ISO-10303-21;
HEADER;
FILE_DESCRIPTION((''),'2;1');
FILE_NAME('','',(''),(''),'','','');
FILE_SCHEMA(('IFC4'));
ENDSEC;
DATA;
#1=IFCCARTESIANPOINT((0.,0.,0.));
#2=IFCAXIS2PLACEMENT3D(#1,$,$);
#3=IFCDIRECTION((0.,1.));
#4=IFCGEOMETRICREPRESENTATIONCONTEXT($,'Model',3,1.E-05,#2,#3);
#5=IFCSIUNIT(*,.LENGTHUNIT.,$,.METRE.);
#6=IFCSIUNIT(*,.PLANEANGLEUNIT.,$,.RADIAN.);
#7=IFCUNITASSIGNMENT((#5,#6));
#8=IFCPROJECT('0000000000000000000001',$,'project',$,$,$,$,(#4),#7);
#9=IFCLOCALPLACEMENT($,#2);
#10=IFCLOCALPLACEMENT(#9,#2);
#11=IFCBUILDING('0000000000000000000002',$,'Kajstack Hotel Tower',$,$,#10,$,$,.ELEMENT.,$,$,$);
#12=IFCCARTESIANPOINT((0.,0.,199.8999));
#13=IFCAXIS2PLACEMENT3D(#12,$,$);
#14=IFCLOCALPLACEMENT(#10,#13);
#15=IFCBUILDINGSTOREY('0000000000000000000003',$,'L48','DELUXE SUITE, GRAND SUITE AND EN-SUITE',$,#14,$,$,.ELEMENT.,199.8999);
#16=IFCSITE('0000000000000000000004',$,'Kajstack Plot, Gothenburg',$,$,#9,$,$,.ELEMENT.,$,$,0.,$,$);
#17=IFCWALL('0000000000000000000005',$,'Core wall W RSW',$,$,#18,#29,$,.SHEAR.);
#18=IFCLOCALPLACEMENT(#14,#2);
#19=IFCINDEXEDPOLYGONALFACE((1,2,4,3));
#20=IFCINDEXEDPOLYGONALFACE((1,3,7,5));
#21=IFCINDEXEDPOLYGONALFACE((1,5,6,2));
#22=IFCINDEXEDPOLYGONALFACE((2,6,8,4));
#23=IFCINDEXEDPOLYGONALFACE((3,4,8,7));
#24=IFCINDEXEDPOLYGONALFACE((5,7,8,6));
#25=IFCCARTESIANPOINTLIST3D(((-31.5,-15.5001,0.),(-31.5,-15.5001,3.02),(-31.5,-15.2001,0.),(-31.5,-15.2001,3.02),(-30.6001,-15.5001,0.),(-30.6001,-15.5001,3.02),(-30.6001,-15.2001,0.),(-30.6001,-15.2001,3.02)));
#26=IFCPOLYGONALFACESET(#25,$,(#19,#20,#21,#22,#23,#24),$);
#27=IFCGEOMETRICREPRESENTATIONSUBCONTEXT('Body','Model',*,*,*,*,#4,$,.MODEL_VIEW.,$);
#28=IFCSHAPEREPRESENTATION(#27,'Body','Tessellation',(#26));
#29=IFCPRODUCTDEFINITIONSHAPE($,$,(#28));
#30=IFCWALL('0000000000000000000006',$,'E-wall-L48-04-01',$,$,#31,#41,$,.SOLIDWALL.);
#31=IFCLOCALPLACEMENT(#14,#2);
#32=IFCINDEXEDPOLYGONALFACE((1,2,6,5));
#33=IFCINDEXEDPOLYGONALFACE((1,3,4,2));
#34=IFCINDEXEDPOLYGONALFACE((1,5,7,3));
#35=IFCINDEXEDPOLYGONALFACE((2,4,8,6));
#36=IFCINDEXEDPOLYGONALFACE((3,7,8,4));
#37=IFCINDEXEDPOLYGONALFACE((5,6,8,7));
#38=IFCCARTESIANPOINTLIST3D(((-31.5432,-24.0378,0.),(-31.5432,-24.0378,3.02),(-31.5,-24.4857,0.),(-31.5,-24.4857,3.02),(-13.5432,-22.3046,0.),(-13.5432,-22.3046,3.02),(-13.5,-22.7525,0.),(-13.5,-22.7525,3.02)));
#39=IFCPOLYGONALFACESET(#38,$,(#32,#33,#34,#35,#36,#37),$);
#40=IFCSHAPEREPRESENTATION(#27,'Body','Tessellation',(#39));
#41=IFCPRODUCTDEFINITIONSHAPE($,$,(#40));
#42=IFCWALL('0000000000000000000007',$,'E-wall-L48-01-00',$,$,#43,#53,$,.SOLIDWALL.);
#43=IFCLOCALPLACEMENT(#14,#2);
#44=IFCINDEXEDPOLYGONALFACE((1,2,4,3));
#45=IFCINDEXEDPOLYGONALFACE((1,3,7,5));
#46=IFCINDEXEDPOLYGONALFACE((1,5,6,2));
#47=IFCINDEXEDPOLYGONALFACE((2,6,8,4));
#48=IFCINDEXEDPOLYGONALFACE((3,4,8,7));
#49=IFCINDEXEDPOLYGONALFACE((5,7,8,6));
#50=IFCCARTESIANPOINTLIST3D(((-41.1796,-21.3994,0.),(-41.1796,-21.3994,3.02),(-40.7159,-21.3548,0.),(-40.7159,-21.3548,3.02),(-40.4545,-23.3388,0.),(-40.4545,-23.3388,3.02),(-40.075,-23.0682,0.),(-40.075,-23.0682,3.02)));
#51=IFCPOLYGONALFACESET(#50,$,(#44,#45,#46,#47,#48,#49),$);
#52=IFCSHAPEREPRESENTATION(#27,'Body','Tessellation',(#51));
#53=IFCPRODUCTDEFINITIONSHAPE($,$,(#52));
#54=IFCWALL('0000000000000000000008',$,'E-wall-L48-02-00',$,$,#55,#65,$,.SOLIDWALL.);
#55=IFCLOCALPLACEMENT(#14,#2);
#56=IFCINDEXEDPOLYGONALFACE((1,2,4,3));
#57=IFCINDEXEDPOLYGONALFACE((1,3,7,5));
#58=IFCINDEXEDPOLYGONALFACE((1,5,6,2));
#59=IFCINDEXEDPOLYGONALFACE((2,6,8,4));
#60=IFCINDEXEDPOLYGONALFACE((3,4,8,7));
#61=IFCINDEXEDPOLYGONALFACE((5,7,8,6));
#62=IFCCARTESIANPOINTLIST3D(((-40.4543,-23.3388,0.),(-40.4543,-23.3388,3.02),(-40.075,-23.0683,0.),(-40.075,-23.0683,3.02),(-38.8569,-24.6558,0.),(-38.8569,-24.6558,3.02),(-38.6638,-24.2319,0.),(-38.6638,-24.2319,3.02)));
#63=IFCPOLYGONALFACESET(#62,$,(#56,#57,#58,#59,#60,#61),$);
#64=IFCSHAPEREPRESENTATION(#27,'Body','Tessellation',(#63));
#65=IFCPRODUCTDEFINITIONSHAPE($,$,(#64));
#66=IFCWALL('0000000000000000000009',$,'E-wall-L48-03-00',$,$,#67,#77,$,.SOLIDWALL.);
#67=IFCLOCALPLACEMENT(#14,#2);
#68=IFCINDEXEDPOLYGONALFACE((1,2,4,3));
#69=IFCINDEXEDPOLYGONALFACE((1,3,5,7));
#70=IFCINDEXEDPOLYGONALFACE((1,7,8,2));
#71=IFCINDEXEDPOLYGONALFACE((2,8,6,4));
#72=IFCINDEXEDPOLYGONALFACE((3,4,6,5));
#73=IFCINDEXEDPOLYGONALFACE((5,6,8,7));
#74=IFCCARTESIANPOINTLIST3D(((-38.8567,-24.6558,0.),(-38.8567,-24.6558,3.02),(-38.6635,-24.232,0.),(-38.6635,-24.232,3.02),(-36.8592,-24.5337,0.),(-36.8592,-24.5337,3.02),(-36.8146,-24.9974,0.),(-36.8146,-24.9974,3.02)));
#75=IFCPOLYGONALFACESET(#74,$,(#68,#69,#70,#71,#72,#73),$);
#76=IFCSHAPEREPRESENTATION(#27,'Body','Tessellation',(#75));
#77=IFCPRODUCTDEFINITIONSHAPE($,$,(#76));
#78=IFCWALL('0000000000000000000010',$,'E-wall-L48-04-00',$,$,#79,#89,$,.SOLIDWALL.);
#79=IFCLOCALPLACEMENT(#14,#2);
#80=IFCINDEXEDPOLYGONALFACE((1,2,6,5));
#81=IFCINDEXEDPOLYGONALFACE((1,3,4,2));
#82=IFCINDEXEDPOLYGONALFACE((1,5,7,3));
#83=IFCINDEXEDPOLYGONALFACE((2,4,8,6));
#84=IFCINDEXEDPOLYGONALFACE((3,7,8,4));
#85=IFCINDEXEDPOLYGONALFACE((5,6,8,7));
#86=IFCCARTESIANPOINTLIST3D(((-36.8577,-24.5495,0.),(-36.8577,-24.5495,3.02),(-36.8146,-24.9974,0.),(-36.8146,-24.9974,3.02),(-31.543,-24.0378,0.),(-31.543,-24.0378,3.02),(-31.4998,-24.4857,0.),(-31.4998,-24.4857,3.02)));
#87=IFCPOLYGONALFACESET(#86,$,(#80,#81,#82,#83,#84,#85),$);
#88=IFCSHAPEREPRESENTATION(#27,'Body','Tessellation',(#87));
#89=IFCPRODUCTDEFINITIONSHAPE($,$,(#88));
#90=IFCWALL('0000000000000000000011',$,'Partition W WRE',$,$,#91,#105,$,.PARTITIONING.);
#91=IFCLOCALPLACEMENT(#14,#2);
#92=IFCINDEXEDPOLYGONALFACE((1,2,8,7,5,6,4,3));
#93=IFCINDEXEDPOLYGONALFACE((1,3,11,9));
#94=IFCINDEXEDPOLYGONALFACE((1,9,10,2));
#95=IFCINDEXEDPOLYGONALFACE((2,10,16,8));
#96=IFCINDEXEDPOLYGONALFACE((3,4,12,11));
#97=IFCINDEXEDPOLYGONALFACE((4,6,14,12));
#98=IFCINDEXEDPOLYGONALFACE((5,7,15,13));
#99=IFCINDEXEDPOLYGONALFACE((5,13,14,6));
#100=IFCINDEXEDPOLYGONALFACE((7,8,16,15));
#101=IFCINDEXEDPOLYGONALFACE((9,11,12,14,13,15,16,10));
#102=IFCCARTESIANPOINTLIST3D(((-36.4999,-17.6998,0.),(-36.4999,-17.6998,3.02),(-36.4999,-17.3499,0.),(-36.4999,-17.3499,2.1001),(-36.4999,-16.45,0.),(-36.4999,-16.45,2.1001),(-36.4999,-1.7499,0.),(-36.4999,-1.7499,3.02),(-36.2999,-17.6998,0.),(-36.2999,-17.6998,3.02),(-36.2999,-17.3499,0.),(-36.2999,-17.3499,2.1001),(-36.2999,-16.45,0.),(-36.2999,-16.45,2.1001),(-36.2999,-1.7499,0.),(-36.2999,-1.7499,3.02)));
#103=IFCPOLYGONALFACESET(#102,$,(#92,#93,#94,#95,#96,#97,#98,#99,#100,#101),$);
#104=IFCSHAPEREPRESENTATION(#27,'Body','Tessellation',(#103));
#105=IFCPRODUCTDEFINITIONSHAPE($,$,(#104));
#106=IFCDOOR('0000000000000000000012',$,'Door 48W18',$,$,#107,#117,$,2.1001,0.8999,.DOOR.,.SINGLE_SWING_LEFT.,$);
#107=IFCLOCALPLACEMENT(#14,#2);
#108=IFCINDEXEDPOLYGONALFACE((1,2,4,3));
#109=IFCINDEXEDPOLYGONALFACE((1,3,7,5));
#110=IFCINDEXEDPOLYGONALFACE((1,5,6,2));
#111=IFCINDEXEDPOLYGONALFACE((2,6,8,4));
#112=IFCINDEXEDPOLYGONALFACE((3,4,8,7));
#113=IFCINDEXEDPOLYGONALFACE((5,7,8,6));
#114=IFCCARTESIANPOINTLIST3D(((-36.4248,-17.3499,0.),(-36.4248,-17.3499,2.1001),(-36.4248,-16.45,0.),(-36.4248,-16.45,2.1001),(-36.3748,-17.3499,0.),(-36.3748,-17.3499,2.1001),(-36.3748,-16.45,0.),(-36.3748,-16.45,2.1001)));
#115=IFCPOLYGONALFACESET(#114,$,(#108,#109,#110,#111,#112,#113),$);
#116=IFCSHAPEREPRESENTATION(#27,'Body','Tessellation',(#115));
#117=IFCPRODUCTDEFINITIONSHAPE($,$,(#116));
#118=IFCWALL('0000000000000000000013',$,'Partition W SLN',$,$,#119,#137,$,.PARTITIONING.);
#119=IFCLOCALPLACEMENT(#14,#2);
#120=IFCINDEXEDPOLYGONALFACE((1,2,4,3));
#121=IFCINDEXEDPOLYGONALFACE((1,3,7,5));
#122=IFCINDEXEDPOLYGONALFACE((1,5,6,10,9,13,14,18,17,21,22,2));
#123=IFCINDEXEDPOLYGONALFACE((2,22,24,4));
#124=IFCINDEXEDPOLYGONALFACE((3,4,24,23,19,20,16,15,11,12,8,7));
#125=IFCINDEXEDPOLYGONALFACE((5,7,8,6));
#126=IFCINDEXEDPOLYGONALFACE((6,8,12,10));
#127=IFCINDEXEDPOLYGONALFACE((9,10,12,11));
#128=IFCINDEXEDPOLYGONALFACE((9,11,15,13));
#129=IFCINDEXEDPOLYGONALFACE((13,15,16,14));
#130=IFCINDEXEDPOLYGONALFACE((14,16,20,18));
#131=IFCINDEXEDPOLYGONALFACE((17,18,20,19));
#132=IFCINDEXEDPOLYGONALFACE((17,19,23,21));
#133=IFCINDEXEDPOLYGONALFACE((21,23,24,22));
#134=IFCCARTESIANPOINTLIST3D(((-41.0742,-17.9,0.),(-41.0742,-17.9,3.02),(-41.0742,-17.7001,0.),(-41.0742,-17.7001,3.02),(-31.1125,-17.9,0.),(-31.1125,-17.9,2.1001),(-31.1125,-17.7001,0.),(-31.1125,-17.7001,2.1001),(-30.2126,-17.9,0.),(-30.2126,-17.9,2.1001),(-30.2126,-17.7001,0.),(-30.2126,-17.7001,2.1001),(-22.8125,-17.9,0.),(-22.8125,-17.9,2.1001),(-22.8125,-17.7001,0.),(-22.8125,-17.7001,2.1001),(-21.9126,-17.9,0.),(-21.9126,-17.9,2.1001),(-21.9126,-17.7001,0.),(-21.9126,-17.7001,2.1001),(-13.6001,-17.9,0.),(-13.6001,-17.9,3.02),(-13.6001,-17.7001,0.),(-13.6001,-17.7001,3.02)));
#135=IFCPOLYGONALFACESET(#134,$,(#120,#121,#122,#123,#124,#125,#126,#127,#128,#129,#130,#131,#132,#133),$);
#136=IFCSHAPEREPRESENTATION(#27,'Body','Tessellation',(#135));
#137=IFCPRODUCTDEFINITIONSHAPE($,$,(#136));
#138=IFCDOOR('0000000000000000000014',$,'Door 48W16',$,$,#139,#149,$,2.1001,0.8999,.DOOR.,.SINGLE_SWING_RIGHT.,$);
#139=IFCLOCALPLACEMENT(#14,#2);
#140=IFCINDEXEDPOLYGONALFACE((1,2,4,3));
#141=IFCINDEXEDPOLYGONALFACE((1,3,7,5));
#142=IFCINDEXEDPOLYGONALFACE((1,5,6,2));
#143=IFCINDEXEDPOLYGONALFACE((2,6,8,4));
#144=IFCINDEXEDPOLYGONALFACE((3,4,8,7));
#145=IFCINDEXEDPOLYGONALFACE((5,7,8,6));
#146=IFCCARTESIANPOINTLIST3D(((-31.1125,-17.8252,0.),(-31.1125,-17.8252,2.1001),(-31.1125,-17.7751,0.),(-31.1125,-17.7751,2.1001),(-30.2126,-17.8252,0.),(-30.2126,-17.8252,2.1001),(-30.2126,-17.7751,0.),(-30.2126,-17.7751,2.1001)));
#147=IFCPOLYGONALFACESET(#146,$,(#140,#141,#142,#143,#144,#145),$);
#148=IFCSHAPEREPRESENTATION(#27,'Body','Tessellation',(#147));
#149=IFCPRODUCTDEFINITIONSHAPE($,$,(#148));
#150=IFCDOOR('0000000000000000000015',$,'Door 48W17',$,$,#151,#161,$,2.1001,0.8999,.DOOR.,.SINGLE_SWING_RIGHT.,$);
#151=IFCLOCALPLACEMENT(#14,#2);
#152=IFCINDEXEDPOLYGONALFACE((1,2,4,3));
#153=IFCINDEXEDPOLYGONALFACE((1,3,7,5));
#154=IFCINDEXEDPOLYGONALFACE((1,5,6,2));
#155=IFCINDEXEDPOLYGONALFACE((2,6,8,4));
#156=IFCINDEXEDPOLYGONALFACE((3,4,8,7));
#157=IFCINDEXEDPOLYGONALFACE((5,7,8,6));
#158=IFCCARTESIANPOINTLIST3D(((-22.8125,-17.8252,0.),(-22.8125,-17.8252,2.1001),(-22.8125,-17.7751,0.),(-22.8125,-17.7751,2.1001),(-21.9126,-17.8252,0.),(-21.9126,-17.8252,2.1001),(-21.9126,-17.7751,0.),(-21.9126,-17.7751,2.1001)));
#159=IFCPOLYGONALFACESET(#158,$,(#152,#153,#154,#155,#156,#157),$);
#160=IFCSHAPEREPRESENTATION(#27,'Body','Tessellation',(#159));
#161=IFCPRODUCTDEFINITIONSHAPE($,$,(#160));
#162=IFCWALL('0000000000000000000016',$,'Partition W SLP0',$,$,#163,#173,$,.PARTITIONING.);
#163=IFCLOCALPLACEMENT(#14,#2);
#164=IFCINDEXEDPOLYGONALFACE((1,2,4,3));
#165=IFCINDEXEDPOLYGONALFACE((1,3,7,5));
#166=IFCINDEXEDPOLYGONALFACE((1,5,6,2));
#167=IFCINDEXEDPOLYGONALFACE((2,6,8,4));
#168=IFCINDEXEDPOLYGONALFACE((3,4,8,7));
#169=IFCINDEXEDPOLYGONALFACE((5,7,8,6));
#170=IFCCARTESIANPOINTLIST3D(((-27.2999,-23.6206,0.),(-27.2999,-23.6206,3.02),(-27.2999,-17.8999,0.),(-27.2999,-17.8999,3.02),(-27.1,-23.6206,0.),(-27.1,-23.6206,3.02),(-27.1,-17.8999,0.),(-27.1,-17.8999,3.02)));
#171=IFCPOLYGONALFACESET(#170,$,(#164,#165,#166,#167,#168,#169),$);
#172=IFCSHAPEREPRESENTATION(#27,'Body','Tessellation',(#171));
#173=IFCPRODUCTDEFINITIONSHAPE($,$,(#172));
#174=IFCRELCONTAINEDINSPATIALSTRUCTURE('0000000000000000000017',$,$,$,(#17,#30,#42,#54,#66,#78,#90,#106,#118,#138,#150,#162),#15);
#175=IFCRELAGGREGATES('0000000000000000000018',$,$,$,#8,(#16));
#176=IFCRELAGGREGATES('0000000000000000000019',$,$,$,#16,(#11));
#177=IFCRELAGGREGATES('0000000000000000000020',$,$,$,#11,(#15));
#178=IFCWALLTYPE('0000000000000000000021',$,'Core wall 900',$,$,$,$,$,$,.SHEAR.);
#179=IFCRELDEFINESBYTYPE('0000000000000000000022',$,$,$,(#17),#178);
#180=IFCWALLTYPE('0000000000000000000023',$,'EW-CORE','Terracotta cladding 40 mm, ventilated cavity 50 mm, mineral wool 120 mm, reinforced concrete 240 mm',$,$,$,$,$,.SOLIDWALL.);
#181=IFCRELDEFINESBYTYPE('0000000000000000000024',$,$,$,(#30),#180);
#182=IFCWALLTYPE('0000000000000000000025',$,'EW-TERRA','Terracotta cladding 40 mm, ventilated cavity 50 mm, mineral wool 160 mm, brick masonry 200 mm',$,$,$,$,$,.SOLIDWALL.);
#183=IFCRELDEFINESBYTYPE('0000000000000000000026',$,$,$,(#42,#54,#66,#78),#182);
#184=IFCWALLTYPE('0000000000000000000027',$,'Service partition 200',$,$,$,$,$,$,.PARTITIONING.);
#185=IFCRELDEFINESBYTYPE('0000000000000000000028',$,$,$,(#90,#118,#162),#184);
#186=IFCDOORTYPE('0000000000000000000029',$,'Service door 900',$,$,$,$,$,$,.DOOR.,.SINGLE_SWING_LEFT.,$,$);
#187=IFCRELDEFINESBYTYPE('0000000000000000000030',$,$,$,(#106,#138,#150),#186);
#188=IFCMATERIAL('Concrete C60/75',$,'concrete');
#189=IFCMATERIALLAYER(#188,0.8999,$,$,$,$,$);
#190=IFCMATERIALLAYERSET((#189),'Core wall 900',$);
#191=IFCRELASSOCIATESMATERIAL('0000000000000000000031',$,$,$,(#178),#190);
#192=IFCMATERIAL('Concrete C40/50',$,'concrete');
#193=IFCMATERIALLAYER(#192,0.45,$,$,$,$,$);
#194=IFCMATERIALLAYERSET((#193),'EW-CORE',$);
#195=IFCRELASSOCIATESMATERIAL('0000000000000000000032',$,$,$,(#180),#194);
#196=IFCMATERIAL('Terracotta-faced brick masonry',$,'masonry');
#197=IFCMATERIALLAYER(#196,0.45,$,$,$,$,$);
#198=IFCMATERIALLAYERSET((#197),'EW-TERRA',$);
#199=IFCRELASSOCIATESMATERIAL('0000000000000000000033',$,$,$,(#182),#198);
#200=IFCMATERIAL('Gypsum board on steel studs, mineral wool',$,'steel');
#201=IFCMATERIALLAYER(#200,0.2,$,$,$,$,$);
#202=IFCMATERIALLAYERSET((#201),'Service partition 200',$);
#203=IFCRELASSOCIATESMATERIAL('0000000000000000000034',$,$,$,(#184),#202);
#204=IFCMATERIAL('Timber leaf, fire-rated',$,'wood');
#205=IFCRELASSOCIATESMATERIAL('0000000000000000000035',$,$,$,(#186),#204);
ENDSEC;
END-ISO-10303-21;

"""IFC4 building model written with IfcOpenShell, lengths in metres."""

from ifc_helpers import new_model, si_unit, direction, frame, frame_2d, origin, place, context, subcontext, project, spatial, polyline, rectangle, outline, extrude, material, layer, layer_set, type_object, element, fill, save


model = new_model("IFC4")

# Units and contexts
model_context = context("Model", 3, precision=1e-05, world=origin(), true_north=direction((0.0, 1.0)))
body_context = subcontext(model_context, "Body", "Model", "MODEL_VIEW")
ifc_project = project(units=[si_unit("LENGTHUNIT", "METRE"), si_unit("PLANEANGLEUNIT", "RADIAN")], contexts=[model_context])

# Site, building, storey
site_placement = place(None, origin())
site = spatial("IfcSite", under=ifc_project, at=site_placement, Name="Kajstack Plot, Gothenburg", CompositionType="ELEMENT", RefElevation=0.0)
building_placement = place(site_placement, origin())
building = spatial("IfcBuilding", under=site, at=building_placement, Name="Kajstack Hotel Tower", CompositionType="ELEMENT")
storey_placement = place(building_placement, frame((0.0, 0.0, 199.8999)))
storey = spatial("IfcBuildingStorey", under=building, at=storey_placement, Name="L48", Description="DELUXE SUITE, GRAND SUITE AND EN-SUITE", CompositionType="ELEMENT", Elevation=199.8999)

# Walls
ifc_material_1 = material(Name="Concrete C60/75", Category="concrete")
ifc_layer_1 = layer(ifc_material_1, 0.8999)
ifc_layer_set_1 = layer_set([ifc_layer_1], Name="Core wall 900")
wall_type_1 = type_object("IfcWallType", Name="Core wall 900", PredefinedType="SHEAR", material=ifc_layer_set_1)
wall_1_placement = place(storey_placement, frame((-31.5, -15.3501, 0.0), z_axis=(0.0, 0.0, 1.0), x_axis=(1.0, 0.0, 0.0)))
element("IfcWall", 1, at=wall_1_placement, inside=storey, type_object=wall_type_1, Name="Core wall W RSW", PredefinedType="SHEAR", context=body_context, shape_type="SweptSolid", body=[
    extrude(rectangle(XDim=0.8999, YDim=0.3, at=frame_2d((0.45, 0.0))), origin(), (0.0, 0.0, 1.0), 3.02),
])
ifc_material_2 = material(Name="Concrete C40/50", Category="concrete")
ifc_layer_2 = layer(ifc_material_2, 0.45)
ifc_layer_set_2 = layer_set([ifc_layer_2], Name="EW-CORE")
wall_type_2 = type_object("IfcWallType", Name="EW-CORE", Description="Terracotta cladding 40 mm, ventilated cavity 50 mm, mineral wool 120 mm, reinforced concrete 240 mm", PredefinedType="SOLIDWALL", material=ifc_layer_set_2)
wall_2_placement = place(storey_placement, frame((-31.5215, -24.2617, 0.0), z_axis=(0.0, 0.0, 1.0), x_axis=(0.995396, 0.095843, 0.0)))
element("IfcWall", 2, at=wall_2_placement, inside=storey, type_object=wall_type_2, Name="E-wall-L48-04-01", PredefinedType="SOLIDWALL", context=body_context, shape_type="SweptSolid", body=[
    extrude(rectangle(XDim=18.0833, YDim=0.45, at=frame_2d((9.0415, 0.0))), origin(), (0.0, 0.0, 1.0), 3.02),
])
ifc_material_3 = material(Name="Terracotta-faced brick masonry", Category="masonry")
ifc_layer_3 = layer(ifc_material_3, 0.45)
ifc_layer_set_3 = layer_set([ifc_layer_3], Name="EW-TERRA")
wall_type_3 = type_object("IfcWallType", Name="EW-TERRA", Description="Terracotta cladding 40 mm, ventilated cavity 50 mm, mineral wool 160 mm, brick masonry 200 mm", PredefinedType="SOLIDWALL", material=ifc_layer_set_3)
wall_3_placement = place(storey_placement, frame((-40.9688, -21.3206, 0.0), z_axis=(0.0, 0.0, 1.0), x_axis=(0.350193, -0.936678, 0.0)))
element("IfcWall", 3, at=wall_3_placement, inside=storey, type_object=wall_type_3, Name="E-wall-L48-01-00", PredefinedType="SOLIDWALL", context=body_context, shape_type="SweptSolid", body=[
    extrude(outline(polyline([(0.0, -0.2251), (2.0706, -0.2251), (1.95, 0.2251), (0.1206, 0.2249), (0.0, -0.2251)])), origin(), (0.0, 0.0, 1.0), 3.02),
])
wall_4_placement = place(storey_placement, frame((-40.3113, -23.1653, 0.0), z_axis=(0.0, 0.0, 1.0), x_axis=(0.771651, -0.636046, 0.0)))
element("IfcWall", 4, at=wall_4_placement, inside=storey, type_object=wall_type_3, Name="E-wall-L48-02-00", PredefinedType="SOLIDWALL", context=body_context, shape_type="SweptSolid", body=[
    extrude(outline(polyline([(0.0, -0.2249), (2.0703, -0.2251), (1.9497, 0.2249), (0.1206, 0.2251), (0.0, -0.2249)])), origin(), (0.0, 0.0, 1.0), 3.02),
])
wall_5_placement = place(storey_placement, frame((-38.8196, -24.4338, 0.0), z_axis=(0.0, 0.0, 1.0), x_axis=(0.986279, -0.165087, 0.0)))
element("IfcWall", 5, at=wall_5_placement, inside=storey, type_object=wall_type_3, Name="E-wall-L48-03-00", PredefinedType="SOLIDWALL", context=body_context, shape_type="SweptSolid", body=[
    extrude(outline(polyline([(0.0, -0.2251), (2.0706, -0.2249), (1.95, 0.2251), (0.1206, 0.2249), (0.0, -0.2251)])), origin(), (0.0, 0.0, 1.0), 3.02),
])
wall_6_placement = place(storey_placement, frame((-36.8362, -24.7734, 0.0), z_axis=(0.0, 0.0, 1.0), x_axis=(0.995397, 0.09584, 0.0)))
element("IfcWall", 6, at=wall_6_placement, inside=storey, type_object=wall_type_3, Name="E-wall-L48-04-00", PredefinedType="SOLIDWALL", context=body_context, shape_type="SweptSolid", body=[
    extrude(rectangle(XDim=5.3394, YDim=0.45, at=frame_2d((2.6697, 0.0))), origin(), (0.0, 0.0, 1.0), 3.02),
])

# Wall, opening, door
ifc_material_4 = material(Name="Gypsum board on steel studs, mineral wool", Category="steel")
ifc_layer_4 = layer(ifc_material_4, 0.2)
ifc_layer_set_4 = layer_set([ifc_layer_4], Name="Service partition 200")
wall_type_4 = type_object("IfcWallType", Name="Service partition 200", PredefinedType="PARTITIONING", material=ifc_layer_set_4)
wall_7_placement = place(storey_placement, frame((-36.3999, -17.7, 0.0), z_axis=(0.0, 0.0, 1.0), x_axis=(0.0, 1.0, 0.0)))
wall_7 = element("IfcWall", 7, at=wall_7_placement, inside=storey, type_object=wall_type_4, Name="Partition W WRE", PredefinedType="PARTITIONING", context=body_context, shape_type="SweptSolid", body=[
    extrude(rectangle(XDim=15.95, YDim=0.2, at=frame_2d((7.9751, 0.0))), origin(), (0.0, 0.0, 1.0), 3.02),
])
opening_1_placement = place(wall_7_placement, frame((0.3501, 0.0, 0.0)))
opening_1 = element("IfcOpeningElement", 8, at=opening_1_placement, cuts=wall_7, PredefinedType="OPENING", context=body_context, shape_type="SweptSolid", body=[
    extrude(rectangle(XDim=0.8999, YDim=2.1001, at=frame_2d((0.45, 1.05))), frame((0.0, 0.1099, 0.0), z_axis=(0.0, -1.0, 0.0), x_axis=(1.0, 0.0, 0.0)), (0.0, 0.0, 1.0), 0.22),
])
ifc_material_5 = material(Name="Timber leaf, fire-rated", Category="wood")
door_type_1 = type_object("IfcDoorType", Name="Service door 900", OperationType="SINGLE_SWING_LEFT", PredefinedType="DOOR", material=ifc_material_5)
door_1_placement = place(opening_1_placement, origin())
door_1 = element("IfcDoor", 9, at=door_1_placement, inside=storey, type_object=door_type_1, Name="Door 48W18", OperationType="SINGLE_SWING_LEFT", OverallHeight=2.1001, OverallWidth=0.8999, PredefinedType="DOOR", context=body_context, shape_type="SweptSolid", body=[
    extrude(rectangle(XDim=0.8999, YDim=2.1001, at=frame_2d((0.45, 1.05))), frame((0.0, 0.0249, 0.0), z_axis=(0.0, -1.0, 0.0), x_axis=(1.0, 0.0, 0.0)), (0.0, 0.0, 1.0), 0.05),
])
fill(opening_1, door_1)

# Wall, openings, doors
wall_8_placement = place(storey_placement, frame((-41.0742, -17.8, 0.0), z_axis=(0.0, 0.0, 1.0), x_axis=(1.0, 0.0, 0.0)))
wall_8 = element("IfcWall", 10, at=wall_8_placement, inside=storey, type_object=wall_type_4, Name="Partition W SLN", PredefinedType="PARTITIONING", context=body_context, shape_type="SweptSolid", body=[
    extrude(rectangle(XDim=27.4741, YDim=0.2, at=frame_2d((13.7371, 0.0))), origin(), (0.0, 0.0, 1.0), 3.02),
])
opening_2_placement = place(wall_8_placement, frame((9.9617, 0.0, 0.0)))
opening_2 = element("IfcOpeningElement", 11, at=opening_2_placement, cuts=wall_8, PredefinedType="OPENING", context=body_context, shape_type="SweptSolid", body=[
    extrude(rectangle(XDim=0.8999, YDim=2.1001, at=frame_2d((0.45, 1.05))), frame((0.0, 0.1099, 0.0), z_axis=(0.0, -1.0, 0.0), x_axis=(1.0, 0.0, 0.0)), (0.0, 0.0, 1.0), 0.22),
])
opening_3_placement = place(wall_8_placement, frame((18.2617, 0.0, 0.0)))
opening_3 = element("IfcOpeningElement", 12, at=opening_3_placement, cuts=wall_8, PredefinedType="OPENING", context=body_context, shape_type="SweptSolid", body=[
    extrude(rectangle(XDim=0.8999, YDim=2.1001, at=frame_2d((0.45, 1.05))), frame((0.0, 0.1099, 0.0), z_axis=(0.0, -1.0, 0.0), x_axis=(1.0, 0.0, 0.0)), (0.0, 0.0, 1.0), 0.22),
])
door_2_placement = place(opening_2_placement, origin())
door_2 = element("IfcDoor", 13, at=door_2_placement, inside=storey, type_object=door_type_1, Name="Door 48W16", OperationType="SINGLE_SWING_RIGHT", OverallHeight=2.1001, OverallWidth=0.8999, PredefinedType="DOOR", context=body_context, shape_type="SweptSolid", body=[
    extrude(rectangle(XDim=0.8999, YDim=2.1001, at=frame_2d((0.45, 1.05))), frame((0.0, 0.0249, 0.0), z_axis=(0.0, -1.0, 0.0), x_axis=(1.0, 0.0, 0.0)), (0.0, 0.0, 1.0), 0.05),
])
fill(opening_2, door_2)
door_3_placement = place(opening_3_placement, origin())
door_3 = element("IfcDoor", 14, at=door_3_placement, inside=storey, type_object=door_type_1, Name="Door 48W17", OperationType="SINGLE_SWING_RIGHT", OverallHeight=2.1001, OverallWidth=0.8999, PredefinedType="DOOR", context=body_context, shape_type="SweptSolid", body=[
    extrude(rectangle(XDim=0.8999, YDim=2.1001, at=frame_2d((0.45, 1.05))), frame((0.0, 0.0249, 0.0), z_axis=(0.0, -1.0, 0.0), x_axis=(1.0, 0.0, 0.0)), (0.0, 0.0, 1.0), 0.05),
])
fill(opening_3, door_3)

# Wall
wall_9_placement = place(storey_placement, frame((-27.2, -23.6206, 0.0), z_axis=(0.0, 0.0, 1.0), x_axis=(0.0, 1.0, 0.0)))
element("IfcWall", 15, at=wall_9_placement, inside=storey, type_object=wall_type_4, Name="Partition W SLP0", PredefinedType="PARTITIONING", context=body_context, shape_type="SweptSolid", body=[
    extrude(rectangle(XDim=5.7207, YDim=0.2, at=frame_2d((2.8604, 0.0))), origin(), (0.0, 0.0, 1.0), 3.02),
])

save(model, "model.ifc")
